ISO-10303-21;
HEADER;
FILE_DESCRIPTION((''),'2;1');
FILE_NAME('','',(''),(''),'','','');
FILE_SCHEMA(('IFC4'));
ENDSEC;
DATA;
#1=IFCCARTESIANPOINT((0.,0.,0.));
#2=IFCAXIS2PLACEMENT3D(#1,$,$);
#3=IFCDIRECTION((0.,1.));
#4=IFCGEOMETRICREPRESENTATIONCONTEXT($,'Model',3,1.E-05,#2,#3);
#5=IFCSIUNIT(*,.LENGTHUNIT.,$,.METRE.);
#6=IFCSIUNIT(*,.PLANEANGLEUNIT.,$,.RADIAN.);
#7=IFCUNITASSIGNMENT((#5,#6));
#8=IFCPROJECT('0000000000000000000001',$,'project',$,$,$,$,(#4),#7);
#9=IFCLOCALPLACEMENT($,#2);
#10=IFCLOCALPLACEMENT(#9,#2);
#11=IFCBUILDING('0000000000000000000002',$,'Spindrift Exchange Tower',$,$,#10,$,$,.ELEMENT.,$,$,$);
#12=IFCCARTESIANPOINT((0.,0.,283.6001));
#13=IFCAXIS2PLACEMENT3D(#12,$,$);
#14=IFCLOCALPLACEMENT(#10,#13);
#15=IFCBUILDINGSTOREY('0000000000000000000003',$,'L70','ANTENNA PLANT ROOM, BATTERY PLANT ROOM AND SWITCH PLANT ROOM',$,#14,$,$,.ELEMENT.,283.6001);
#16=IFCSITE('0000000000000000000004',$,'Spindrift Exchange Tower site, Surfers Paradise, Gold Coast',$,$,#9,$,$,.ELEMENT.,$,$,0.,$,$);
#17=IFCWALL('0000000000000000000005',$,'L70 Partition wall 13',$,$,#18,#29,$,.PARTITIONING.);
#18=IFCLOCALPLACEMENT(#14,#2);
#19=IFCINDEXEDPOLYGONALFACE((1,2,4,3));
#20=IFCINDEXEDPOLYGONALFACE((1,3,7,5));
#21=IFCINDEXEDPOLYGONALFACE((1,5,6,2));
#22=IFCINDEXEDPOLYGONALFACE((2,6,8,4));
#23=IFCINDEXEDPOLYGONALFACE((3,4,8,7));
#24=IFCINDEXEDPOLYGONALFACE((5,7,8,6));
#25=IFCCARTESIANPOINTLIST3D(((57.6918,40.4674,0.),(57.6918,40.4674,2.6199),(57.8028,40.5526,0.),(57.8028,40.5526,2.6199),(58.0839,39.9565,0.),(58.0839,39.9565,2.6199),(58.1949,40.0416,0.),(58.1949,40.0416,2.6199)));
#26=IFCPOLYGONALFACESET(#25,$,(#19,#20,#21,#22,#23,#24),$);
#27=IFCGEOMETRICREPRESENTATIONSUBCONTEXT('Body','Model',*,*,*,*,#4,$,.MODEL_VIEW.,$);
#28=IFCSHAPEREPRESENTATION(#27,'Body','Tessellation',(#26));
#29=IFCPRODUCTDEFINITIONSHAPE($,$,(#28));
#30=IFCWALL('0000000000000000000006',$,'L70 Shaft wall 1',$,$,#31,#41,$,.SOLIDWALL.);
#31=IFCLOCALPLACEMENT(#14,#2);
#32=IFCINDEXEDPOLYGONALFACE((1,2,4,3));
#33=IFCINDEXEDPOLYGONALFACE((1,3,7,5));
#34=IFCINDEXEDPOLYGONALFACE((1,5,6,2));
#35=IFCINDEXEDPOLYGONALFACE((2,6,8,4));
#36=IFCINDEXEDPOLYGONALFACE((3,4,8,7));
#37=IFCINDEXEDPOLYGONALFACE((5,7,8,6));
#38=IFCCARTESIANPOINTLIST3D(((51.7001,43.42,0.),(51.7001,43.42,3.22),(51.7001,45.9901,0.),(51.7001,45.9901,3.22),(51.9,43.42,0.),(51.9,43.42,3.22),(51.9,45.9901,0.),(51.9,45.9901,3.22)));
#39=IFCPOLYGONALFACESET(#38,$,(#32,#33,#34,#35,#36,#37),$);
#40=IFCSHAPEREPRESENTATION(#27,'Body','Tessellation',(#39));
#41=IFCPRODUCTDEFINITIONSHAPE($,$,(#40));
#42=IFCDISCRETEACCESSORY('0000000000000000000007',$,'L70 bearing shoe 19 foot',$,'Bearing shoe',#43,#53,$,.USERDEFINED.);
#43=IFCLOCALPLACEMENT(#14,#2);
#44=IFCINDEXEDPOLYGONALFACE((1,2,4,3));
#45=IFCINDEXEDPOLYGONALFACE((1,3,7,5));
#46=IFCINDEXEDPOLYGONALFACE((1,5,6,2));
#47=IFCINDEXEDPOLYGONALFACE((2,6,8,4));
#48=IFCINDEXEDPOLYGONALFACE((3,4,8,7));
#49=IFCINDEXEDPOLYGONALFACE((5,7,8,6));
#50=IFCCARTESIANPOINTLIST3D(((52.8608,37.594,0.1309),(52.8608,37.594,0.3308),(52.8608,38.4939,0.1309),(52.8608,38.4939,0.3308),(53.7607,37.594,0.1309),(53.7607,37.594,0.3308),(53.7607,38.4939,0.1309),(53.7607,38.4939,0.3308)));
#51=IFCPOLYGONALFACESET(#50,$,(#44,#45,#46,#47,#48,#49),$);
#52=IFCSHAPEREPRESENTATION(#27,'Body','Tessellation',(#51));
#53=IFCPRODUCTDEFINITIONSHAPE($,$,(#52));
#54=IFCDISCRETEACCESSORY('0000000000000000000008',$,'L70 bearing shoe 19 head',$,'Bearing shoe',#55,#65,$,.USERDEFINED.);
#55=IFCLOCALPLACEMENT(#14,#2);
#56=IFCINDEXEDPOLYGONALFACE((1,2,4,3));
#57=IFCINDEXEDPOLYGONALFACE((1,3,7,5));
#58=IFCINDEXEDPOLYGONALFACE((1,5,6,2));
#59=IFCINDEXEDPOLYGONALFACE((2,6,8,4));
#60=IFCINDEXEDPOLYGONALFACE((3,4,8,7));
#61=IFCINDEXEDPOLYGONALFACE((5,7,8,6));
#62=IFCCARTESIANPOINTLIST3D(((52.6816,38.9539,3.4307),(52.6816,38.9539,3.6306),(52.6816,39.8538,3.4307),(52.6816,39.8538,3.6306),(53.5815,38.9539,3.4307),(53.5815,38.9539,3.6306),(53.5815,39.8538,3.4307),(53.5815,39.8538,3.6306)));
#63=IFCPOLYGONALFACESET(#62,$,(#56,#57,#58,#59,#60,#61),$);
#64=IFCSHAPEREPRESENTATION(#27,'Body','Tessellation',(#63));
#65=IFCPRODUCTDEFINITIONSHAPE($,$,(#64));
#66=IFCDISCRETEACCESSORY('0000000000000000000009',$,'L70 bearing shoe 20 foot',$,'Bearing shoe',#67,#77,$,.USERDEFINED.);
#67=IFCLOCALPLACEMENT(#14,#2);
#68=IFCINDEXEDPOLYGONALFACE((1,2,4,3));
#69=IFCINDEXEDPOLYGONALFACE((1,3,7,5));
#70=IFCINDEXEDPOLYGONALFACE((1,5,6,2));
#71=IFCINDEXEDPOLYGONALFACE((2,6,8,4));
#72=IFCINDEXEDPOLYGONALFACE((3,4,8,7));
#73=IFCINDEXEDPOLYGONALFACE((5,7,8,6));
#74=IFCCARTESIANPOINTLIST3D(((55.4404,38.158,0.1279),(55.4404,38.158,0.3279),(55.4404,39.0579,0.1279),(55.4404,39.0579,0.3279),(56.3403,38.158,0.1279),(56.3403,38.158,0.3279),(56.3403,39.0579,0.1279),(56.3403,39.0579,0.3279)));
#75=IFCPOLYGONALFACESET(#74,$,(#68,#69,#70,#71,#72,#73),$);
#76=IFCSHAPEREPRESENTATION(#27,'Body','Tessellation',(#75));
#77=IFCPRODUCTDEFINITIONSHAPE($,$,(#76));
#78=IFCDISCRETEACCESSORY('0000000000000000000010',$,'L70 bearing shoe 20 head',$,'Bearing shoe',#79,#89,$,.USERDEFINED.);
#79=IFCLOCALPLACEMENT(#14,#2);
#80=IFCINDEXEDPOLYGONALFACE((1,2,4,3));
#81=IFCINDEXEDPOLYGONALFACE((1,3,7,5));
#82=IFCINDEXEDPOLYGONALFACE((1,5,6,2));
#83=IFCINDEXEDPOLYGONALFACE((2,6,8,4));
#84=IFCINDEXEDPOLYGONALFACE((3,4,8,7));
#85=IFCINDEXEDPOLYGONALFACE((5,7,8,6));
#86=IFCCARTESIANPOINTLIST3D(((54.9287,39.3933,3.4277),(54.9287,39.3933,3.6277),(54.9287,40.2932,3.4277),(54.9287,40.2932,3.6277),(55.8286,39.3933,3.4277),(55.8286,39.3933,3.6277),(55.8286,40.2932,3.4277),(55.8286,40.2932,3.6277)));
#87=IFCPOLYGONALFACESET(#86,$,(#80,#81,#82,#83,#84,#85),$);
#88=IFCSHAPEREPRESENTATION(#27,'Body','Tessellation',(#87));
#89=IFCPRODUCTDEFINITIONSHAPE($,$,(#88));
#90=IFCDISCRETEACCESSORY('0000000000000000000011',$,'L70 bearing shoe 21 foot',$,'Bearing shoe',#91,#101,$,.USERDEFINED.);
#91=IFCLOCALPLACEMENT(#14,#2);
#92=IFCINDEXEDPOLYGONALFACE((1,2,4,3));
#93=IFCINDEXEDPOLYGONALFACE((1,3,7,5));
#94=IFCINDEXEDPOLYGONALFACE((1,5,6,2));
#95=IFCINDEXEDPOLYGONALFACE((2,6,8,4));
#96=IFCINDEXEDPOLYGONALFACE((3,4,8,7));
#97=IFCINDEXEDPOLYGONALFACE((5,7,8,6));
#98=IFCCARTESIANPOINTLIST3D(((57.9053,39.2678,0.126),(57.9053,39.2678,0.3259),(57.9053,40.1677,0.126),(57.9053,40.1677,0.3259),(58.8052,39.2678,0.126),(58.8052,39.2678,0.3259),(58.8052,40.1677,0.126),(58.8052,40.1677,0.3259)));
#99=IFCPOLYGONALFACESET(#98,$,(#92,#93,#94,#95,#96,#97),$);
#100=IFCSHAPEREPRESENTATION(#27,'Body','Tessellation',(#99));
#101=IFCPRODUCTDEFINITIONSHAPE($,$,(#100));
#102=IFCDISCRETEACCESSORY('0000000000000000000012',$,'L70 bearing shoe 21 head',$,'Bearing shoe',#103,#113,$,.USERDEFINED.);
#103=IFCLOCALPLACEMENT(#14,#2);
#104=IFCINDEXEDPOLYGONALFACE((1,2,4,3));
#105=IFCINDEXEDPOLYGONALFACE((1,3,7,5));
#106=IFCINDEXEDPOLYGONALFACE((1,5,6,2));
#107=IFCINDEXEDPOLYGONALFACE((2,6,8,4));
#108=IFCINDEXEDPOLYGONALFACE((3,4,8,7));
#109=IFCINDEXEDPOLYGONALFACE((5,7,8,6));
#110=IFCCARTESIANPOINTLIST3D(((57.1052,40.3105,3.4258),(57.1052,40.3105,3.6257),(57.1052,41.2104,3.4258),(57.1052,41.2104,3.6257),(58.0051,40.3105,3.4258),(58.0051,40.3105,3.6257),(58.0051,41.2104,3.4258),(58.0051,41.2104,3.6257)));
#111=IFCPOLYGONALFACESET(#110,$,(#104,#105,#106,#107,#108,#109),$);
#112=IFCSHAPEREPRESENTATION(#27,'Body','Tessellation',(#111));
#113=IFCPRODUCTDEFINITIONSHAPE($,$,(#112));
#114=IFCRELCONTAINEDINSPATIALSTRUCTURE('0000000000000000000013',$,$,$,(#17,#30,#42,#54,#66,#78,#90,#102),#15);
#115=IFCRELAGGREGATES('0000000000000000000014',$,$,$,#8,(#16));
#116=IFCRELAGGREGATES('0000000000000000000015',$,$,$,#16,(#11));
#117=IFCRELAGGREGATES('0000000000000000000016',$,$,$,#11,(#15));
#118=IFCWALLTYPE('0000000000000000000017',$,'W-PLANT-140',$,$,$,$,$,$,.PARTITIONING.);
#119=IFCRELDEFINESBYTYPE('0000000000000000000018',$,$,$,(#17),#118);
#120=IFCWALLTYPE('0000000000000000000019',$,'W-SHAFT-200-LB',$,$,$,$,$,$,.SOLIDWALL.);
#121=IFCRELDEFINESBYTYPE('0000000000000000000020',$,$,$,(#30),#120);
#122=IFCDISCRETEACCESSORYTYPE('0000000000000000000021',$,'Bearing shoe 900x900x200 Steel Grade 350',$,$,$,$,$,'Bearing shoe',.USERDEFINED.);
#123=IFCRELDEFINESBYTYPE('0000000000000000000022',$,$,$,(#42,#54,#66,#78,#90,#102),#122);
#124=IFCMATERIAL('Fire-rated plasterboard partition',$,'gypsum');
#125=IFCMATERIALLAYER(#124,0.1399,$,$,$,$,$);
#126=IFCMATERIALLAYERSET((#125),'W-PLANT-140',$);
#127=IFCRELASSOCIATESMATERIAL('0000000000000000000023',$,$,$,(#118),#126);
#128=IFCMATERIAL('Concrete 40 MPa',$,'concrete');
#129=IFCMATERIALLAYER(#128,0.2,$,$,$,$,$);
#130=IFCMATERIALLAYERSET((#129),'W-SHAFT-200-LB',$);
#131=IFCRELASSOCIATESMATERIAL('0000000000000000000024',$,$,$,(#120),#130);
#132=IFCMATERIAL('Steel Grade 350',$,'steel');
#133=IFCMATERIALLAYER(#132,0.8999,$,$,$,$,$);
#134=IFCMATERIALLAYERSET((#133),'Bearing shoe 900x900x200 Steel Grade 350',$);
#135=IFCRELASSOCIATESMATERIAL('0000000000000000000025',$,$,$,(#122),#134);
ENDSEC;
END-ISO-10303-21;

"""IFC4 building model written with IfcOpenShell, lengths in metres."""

from ifc_helpers import new_model, si_unit, direction, frame, frame_2d, origin, origin_2d, place, context, subcontext, project, spatial, rectangle, extrude, source, transform, mapped, material, layer, layer_set, type_object, element, save


model = new_model("IFC4")

# Units and contexts
model_context = context("Model", 3, precision=1e-05, world=origin(), true_north=direction((0.0, 1.0)))
body_context = subcontext(model_context, "Body", "Model", "MODEL_VIEW")
ifc_project = project(units=[si_unit("LENGTHUNIT", "METRE"), si_unit("PLANEANGLEUNIT", "RADIAN")], contexts=[model_context])

# Site, building, storey
site_placement = place(None, origin())
site = spatial("IfcSite", under=ifc_project, at=site_placement, Name="Spindrift Exchange Tower site, Surfers Paradise, Gold Coast", CompositionType="ELEMENT", RefElevation=0.0)
building_placement = place(site_placement, origin())
building = spatial("IfcBuilding", under=site, at=building_placement, Name="Spindrift Exchange Tower", CompositionType="ELEMENT")
storey_placement = place(building_placement, frame((0.0, 0.0, 283.6001)))
storey = spatial("IfcBuildingStorey", under=building, at=storey_placement, Name="L70", Description="ANTENNA PLANT ROOM, BATTERY PLANT ROOM AND SWITCH PLANT ROOM", CompositionType="ELEMENT", Elevation=283.6001)

# Shared definitions
ifc_material_1 = material(Name="Concrete 40 MPa", Category="concrete")

# Walls
ifc_material_2 = material(Name="Fire-rated plasterboard partition", Category="gypsum")
ifc_layer_1 = layer(ifc_material_2, 0.1399)
ifc_layer_set_1 = layer_set([ifc_layer_1], Name="W-PLANT-140")
wall_type_1 = type_object("IfcWallType", Name="W-PLANT-140", PredefinedType="PARTITIONING", material=ifc_layer_set_1)
wall_1_placement = place(storey_placement, frame((57.7473, 40.51, 0.0), z_axis=(0.0, 0.0, 1.0), x_axis=(0.608758, -0.793356, 0.0)))
element("IfcWall", 1, at=wall_1_placement, inside=storey, type_object=wall_type_1, Name="L70 Partition wall 13", PredefinedType="PARTITIONING", context=body_context, shape_type="SweptSolid", body=[
    extrude(rectangle(XDim=0.644, YDim=0.1399, at=frame_2d((0.322, 0.0))), origin(), (0.0, 0.0, 1.0), 2.6199),
])
ifc_layer_2 = layer(ifc_material_1, 0.2)
ifc_layer_set_2 = layer_set([ifc_layer_2], Name="W-SHAFT-200-LB")
wall_type_2 = type_object("IfcWallType", Name="W-SHAFT-200-LB", PredefinedType="SOLIDWALL", material=ifc_layer_set_2)
wall_2_placement = place(storey_placement, frame((51.8, 43.4199, 0.0), z_axis=(0.0, 0.0, 1.0), x_axis=(0.0, 1.0, 0.0)))
element("IfcWall", 2, at=wall_2_placement, inside=storey, type_object=wall_type_2, Name="L70 Shaft wall 1", PredefinedType="SOLIDWALL", context=body_context, shape_type="SweptSolid", body=[
    extrude(rectangle(XDim=2.5701, YDim=0.2, at=frame_2d((1.2852, 0.0))), origin(), (0.0, 0.0, 1.0), 3.22),
])

# Discrete accessories
ifc_material_3 = material(Name="Steel Grade 350", Category="steel")
ifc_layer_3 = layer(ifc_material_3, 0.8999)
ifc_layer_set_3 = layer_set([ifc_layer_3], Name="Bearing shoe 900x900x200 Steel Grade 350")
discrete_accessory_type = type_object("IfcDiscreteAccessoryType", Name="Bearing shoe 900x900x200 Steel Grade 350", ElementType="Bearing shoe", PredefinedType="USERDEFINED", material=ifc_layer_set_3)
shared_shape_1 = source(origin(), body_context, "Body", "SweptSolid", [
    extrude(rectangle(XDim=0.8999, YDim=0.8999, at=origin_2d()), origin(), (0.0, 0.0, 1.0), 0.2),
])
for number, where, z_axis, x_axis, name in (
    (3, (53.3108, 38.0439, 0.1309), (0.0, 0.0, 1.0), (1.0, 0.0, 0.0), "L70 bearing shoe 19 foot"),
    (4, (53.1316, 39.4038, 3.4307), (0.0, 0.0, 1.0), (1.0, 0.0, 0.0), "L70 bearing shoe 19 head"),
    (5, (55.8904, 38.6079, 0.1279), (0.0, 0.0, 1.0), (1.0, 0.0, 0.0), "L70 bearing shoe 20 foot"),
    (6, (55.3787, 39.8433, 3.4277), (0.0, 0.0, 1.0), (1.0, 0.0, 0.0), "L70 bearing shoe 20 head"),
    (7, (58.3552, 39.7178, 0.126), (0.0, 0.0, 1.0), (1.0, 0.0, 0.0), "L70 bearing shoe 21 foot"),
    (8, (57.5552, 40.7605, 3.4258), (0.0, 0.0, 1.0), (1.0, 0.0, 0.0), "L70 bearing shoe 21 head"),
):
    element("IfcDiscreteAccessory", number, at=place(storey_placement, frame(where, z_axis=z_axis, x_axis=x_axis)), inside=storey, type_object=discrete_accessory_type, Name=name, ObjectType="Bearing shoe", PredefinedType="USERDEFINED", context=body_context, shape_type="MappedRepresentation", body=[
        mapped(shared_shape_1, transform((0.0, 0.0, 0.0), scale=1.0)),
    ])

save(model, "model.ifc")
